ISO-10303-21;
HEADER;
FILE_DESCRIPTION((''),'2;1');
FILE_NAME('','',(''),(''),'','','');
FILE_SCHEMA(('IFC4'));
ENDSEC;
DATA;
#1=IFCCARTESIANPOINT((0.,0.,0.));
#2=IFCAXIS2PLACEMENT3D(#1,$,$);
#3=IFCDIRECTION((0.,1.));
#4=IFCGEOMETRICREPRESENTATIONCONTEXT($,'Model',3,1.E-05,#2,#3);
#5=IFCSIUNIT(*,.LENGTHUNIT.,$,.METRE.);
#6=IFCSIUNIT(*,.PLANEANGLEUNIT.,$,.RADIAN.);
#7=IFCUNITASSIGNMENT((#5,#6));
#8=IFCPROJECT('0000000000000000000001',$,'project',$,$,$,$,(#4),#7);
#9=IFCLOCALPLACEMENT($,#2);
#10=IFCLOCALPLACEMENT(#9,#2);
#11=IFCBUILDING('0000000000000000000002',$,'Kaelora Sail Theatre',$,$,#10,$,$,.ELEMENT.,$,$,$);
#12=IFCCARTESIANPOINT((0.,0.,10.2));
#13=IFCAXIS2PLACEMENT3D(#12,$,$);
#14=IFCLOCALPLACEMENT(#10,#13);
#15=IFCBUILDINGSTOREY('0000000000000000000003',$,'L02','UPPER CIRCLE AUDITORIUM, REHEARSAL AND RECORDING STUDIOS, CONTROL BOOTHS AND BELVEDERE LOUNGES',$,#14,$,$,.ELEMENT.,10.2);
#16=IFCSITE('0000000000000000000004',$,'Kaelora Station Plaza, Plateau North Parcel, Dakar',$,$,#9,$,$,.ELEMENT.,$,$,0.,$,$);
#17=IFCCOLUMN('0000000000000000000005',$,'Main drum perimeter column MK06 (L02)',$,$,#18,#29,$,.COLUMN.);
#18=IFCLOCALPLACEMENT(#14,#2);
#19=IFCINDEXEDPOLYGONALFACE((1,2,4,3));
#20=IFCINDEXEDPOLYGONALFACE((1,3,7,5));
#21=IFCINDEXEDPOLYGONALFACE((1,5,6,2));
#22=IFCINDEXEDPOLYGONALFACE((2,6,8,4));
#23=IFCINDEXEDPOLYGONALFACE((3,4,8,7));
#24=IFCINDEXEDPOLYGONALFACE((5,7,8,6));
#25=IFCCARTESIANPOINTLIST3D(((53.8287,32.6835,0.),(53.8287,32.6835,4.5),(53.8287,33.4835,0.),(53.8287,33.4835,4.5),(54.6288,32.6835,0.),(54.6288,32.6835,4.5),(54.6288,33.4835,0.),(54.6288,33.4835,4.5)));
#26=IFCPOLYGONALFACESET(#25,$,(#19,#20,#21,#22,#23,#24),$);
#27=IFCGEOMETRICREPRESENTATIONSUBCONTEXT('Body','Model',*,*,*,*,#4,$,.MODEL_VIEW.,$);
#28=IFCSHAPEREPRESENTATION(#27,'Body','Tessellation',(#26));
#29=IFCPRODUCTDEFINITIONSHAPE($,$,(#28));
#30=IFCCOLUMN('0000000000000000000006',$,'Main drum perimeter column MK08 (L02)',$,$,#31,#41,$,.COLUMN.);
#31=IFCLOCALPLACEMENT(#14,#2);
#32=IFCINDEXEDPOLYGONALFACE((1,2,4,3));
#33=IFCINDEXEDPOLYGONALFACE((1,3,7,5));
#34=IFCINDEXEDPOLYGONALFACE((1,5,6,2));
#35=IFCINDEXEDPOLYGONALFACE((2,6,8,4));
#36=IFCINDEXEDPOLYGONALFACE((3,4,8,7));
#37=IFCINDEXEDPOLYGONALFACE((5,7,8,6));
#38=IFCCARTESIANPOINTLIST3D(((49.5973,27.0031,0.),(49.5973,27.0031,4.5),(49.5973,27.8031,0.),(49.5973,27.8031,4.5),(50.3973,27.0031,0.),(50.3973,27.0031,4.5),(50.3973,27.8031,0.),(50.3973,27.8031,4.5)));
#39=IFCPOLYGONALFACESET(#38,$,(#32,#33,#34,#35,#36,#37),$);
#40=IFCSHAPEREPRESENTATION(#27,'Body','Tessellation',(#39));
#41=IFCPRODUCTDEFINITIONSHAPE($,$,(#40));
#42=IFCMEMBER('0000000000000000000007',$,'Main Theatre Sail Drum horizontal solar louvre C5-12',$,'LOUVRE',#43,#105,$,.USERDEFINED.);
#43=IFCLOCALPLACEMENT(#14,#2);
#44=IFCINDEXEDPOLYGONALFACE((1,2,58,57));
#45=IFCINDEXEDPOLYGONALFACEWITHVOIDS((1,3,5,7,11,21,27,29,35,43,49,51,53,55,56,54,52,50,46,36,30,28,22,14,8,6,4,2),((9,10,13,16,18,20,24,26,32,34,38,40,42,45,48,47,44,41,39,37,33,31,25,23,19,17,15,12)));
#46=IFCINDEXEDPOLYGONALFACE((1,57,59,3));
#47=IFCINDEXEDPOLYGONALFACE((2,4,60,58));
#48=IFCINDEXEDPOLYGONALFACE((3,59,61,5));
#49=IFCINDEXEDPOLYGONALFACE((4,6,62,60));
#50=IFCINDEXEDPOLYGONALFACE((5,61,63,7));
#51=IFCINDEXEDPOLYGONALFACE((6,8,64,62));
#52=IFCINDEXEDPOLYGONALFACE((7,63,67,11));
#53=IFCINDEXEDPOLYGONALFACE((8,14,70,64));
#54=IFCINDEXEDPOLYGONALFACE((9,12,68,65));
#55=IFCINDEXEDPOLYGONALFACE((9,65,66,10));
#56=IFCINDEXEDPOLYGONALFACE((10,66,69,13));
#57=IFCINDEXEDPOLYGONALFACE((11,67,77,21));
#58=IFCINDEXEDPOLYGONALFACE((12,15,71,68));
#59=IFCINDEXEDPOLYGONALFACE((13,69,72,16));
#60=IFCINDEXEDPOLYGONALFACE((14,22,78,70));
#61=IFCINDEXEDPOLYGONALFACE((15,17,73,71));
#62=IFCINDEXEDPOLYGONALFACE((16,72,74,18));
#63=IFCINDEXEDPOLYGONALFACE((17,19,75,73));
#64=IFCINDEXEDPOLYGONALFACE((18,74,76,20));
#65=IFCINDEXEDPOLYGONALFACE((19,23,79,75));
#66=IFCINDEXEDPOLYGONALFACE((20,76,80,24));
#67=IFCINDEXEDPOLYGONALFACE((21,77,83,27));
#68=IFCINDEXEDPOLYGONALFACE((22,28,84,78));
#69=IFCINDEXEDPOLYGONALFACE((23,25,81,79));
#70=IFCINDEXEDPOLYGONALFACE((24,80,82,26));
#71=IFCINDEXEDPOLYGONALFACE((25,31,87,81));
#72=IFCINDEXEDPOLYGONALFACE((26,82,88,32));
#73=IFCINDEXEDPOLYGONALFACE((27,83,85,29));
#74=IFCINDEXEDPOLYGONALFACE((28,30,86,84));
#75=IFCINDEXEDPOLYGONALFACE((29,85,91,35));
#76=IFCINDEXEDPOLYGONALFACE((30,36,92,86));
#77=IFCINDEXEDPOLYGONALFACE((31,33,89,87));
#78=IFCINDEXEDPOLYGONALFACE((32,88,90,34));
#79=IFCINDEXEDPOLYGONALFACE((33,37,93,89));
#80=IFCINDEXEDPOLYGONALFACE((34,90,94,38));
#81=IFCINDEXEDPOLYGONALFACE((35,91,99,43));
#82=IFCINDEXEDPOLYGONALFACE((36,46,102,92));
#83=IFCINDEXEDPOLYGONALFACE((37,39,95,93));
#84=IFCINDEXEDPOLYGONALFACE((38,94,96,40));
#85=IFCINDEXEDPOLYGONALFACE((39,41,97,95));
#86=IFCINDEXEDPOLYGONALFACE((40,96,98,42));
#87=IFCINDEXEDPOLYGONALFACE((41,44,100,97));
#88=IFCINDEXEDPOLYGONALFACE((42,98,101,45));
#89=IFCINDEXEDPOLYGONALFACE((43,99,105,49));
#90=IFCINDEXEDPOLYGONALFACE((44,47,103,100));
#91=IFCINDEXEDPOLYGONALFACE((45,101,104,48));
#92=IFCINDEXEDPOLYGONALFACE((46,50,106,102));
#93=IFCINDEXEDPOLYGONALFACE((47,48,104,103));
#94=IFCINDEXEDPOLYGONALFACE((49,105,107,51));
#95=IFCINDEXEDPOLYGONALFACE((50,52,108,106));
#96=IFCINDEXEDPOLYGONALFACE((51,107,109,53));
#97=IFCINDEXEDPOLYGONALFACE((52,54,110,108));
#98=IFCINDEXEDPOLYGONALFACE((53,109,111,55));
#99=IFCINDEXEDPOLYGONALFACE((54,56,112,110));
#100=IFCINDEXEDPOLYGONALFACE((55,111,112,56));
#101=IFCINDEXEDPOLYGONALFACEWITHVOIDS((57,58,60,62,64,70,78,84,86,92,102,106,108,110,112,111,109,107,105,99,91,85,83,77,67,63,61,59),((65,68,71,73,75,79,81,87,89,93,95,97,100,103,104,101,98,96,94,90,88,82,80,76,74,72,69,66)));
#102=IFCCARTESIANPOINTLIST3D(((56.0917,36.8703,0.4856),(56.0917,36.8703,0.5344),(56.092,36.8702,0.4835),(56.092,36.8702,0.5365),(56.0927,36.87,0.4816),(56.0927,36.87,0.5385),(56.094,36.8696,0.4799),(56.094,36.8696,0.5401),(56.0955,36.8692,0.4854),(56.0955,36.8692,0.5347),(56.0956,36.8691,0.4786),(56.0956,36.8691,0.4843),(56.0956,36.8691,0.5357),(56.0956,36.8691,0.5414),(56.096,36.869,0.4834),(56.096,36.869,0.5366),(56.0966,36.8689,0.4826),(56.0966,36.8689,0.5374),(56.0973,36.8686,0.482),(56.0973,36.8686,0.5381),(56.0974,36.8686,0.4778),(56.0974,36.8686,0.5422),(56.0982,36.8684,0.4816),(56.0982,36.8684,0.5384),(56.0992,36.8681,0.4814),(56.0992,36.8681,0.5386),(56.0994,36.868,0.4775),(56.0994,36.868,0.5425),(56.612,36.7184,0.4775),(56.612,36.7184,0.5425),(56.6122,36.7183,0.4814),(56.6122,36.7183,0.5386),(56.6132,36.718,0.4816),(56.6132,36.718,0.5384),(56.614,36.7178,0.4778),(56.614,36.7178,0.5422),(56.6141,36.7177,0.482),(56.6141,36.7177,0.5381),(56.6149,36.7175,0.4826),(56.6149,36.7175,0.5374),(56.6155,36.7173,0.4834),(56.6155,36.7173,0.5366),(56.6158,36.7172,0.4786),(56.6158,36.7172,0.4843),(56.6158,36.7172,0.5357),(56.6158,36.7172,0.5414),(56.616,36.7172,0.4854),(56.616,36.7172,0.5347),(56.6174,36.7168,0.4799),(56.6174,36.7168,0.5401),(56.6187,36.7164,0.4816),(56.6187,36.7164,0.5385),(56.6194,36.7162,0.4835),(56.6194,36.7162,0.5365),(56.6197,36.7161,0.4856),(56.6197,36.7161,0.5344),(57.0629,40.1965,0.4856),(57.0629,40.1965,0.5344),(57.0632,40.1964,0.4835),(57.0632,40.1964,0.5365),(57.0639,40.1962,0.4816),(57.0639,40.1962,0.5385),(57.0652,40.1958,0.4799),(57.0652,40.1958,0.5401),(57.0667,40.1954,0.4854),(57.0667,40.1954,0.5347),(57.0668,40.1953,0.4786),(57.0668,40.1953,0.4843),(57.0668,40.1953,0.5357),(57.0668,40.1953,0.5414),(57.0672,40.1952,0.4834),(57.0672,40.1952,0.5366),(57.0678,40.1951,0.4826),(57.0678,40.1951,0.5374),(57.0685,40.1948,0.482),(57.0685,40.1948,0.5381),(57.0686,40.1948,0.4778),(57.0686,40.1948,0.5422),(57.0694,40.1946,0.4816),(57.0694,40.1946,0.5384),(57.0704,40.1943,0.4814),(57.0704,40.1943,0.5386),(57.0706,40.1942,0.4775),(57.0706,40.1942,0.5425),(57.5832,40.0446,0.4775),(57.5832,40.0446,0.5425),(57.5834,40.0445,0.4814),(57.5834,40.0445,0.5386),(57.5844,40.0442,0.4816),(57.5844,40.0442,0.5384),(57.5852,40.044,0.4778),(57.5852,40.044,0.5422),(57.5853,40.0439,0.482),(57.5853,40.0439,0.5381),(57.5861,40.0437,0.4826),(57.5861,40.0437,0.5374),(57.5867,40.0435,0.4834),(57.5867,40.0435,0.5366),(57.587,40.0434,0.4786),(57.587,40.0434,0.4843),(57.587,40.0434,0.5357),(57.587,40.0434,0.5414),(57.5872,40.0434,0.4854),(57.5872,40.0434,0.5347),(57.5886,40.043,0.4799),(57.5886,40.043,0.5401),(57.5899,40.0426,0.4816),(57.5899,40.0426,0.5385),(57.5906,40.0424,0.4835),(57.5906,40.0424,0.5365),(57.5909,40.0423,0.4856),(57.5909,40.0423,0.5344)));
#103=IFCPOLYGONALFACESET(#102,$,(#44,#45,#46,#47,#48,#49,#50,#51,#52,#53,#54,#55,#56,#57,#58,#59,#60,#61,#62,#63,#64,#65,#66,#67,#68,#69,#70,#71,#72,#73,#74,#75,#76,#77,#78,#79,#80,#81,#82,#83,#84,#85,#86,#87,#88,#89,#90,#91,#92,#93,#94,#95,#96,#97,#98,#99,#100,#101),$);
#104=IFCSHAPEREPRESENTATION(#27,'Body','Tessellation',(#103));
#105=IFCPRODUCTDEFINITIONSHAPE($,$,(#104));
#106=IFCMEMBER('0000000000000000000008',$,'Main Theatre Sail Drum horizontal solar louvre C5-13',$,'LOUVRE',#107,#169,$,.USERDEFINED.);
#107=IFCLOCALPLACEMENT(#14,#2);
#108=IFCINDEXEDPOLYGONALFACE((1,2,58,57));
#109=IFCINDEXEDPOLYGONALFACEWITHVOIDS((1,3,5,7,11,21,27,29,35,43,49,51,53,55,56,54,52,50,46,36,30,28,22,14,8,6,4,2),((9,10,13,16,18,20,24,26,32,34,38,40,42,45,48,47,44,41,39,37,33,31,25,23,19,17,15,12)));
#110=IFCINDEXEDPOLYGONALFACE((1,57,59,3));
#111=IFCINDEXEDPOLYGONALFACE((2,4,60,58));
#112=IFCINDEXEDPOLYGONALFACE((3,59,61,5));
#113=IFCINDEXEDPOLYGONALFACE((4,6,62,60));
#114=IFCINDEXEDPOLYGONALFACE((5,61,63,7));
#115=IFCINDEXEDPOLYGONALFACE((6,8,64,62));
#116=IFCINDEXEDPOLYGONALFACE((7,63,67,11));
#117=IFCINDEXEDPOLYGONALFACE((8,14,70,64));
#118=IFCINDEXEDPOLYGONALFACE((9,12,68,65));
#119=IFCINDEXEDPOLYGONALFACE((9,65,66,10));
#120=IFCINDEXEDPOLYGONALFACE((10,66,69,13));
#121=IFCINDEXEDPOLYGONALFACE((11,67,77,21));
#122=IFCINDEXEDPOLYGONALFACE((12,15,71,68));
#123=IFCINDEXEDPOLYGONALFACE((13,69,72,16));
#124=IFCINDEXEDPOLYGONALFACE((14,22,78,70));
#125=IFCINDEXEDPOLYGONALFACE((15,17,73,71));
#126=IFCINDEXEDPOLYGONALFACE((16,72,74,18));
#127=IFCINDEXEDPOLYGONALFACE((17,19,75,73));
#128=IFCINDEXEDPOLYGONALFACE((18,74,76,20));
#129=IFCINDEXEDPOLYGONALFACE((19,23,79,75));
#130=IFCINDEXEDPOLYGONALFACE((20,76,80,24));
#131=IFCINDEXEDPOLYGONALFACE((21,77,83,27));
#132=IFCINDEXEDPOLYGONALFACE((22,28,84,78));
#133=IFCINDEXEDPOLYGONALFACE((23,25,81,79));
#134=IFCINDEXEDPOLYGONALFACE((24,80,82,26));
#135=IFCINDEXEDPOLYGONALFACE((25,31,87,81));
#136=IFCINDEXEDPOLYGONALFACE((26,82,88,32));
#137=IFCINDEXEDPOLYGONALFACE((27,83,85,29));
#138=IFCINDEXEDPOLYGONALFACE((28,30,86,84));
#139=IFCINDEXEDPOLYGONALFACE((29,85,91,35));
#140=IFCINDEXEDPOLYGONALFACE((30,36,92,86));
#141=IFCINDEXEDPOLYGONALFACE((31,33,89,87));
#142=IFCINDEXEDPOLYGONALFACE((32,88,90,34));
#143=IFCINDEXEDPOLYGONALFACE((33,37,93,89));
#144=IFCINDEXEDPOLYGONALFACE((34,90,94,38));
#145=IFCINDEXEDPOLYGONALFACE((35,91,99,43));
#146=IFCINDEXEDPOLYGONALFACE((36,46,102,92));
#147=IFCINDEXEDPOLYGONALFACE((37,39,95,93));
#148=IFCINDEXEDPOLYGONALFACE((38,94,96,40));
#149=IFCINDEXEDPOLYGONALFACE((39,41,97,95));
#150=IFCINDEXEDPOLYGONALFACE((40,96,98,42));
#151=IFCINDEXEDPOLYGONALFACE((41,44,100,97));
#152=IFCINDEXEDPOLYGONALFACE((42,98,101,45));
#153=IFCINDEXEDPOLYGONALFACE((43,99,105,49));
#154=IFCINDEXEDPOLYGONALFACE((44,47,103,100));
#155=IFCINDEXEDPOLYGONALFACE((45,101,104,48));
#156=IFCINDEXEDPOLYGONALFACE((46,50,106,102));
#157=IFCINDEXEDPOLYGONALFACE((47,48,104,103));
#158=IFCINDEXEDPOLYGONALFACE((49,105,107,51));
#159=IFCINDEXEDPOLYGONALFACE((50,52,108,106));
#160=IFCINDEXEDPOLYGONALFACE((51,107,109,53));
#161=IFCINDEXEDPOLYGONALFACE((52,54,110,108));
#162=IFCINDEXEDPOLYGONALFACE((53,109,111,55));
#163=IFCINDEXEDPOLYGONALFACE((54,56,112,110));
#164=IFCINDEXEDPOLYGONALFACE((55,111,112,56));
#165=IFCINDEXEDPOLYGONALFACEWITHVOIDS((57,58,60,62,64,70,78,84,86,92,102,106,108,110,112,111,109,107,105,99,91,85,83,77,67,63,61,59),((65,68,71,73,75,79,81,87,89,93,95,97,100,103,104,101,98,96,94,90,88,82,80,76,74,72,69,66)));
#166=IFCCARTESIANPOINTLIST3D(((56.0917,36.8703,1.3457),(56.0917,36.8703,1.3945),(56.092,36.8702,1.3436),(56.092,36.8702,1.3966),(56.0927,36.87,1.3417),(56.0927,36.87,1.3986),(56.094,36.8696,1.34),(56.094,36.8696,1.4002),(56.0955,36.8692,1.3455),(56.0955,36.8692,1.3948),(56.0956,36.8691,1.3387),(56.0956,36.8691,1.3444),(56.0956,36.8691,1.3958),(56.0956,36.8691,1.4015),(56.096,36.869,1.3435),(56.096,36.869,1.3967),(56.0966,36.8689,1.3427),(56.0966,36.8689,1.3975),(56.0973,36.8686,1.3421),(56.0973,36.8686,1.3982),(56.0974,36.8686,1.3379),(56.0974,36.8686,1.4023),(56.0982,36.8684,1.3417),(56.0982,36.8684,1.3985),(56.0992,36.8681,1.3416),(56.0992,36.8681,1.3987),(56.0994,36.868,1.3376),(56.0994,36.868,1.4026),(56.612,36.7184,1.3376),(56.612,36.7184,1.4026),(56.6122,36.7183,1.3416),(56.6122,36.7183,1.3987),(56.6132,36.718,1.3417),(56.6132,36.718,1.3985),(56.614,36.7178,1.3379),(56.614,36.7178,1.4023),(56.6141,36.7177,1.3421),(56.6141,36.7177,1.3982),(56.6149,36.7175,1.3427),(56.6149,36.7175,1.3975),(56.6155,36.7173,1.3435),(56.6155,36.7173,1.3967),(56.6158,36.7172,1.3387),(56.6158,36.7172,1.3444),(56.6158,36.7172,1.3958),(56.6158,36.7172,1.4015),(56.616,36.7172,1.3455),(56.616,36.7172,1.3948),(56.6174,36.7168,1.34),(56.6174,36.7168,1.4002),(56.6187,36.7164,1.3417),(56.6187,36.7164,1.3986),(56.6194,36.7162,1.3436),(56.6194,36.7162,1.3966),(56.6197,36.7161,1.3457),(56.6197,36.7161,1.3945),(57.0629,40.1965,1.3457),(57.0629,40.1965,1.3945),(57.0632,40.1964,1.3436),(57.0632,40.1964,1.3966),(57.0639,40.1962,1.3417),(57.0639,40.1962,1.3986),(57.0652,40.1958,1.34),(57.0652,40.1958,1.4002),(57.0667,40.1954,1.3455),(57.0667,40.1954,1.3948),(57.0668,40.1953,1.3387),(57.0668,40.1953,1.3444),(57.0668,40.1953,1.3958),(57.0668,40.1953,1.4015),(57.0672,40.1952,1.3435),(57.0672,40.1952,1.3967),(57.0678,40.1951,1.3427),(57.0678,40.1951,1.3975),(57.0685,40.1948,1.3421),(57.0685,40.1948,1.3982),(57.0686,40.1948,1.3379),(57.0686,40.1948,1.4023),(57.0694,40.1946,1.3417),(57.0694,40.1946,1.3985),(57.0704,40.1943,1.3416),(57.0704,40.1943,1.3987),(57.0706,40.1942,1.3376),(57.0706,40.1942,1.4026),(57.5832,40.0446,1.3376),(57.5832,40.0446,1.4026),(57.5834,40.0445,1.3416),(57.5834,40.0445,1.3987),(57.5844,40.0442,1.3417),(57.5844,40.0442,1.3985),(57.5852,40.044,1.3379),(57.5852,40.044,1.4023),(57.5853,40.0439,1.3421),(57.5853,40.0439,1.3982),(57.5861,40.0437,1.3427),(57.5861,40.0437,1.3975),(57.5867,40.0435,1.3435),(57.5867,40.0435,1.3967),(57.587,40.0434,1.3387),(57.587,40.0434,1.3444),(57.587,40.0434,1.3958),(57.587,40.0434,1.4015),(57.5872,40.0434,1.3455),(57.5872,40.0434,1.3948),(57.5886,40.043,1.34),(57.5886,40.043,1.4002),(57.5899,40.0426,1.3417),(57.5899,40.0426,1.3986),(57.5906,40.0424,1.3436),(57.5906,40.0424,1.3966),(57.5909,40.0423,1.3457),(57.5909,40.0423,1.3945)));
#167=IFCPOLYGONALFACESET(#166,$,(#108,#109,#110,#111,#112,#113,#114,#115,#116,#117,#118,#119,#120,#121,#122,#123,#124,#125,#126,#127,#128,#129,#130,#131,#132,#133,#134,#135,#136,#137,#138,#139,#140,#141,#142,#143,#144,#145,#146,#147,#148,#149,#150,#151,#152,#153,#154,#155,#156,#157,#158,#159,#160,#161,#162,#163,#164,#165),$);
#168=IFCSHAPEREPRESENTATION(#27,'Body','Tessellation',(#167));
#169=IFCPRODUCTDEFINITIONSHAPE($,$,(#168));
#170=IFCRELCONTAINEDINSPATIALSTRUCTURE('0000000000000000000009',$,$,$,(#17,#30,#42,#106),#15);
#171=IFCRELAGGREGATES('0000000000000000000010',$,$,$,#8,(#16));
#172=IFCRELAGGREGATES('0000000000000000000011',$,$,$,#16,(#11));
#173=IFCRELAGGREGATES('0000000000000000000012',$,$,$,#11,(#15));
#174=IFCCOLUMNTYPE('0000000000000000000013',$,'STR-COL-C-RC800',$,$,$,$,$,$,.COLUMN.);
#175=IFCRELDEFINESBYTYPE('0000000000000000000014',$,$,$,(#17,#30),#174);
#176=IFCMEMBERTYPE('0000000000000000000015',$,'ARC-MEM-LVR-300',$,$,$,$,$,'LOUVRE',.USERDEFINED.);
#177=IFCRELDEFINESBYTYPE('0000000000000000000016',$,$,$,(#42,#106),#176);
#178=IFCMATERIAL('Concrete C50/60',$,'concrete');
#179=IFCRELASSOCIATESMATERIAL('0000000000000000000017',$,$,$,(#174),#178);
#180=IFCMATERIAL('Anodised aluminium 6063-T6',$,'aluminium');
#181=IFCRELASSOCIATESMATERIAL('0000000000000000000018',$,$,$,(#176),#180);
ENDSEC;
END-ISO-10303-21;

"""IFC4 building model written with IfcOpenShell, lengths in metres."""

from ifc_helpers import new_model, si_unit, direction, frame, origin, origin_2d, place, context, subcontext, project, spatial, rectangle, hollow_rectangle, extrude, material, material_profile, profile_set, type_object, element, save


model = new_model("IFC4")

# Units and contexts
model_context = context("Model", 3, precision=1e-05, world=origin(), true_north=direction((0.0, 1.0)))
body_context = subcontext(model_context, "Body", "Model", "MODEL_VIEW")
ifc_project = project(units=[si_unit("LENGTHUNIT", "METRE"), si_unit("PLANEANGLEUNIT", "RADIAN")], contexts=[model_context])

# Site, building, storey
site_placement = place(None, origin())
site = spatial("IfcSite", under=ifc_project, at=site_placement, Name="Kaelora Station Plaza, Plateau North Parcel, Dakar", CompositionType="ELEMENT", RefElevation=0.0)
building_placement = place(site_placement, origin())
building = spatial("IfcBuilding", under=site, at=building_placement, Name="Kaelora Sail Theatre", CompositionType="ELEMENT")
storey_placement = place(building_placement, frame((0.0, 0.0, 10.2)))
storey = spatial("IfcBuildingStorey", under=building, at=storey_placement, Name="L02", Description="UPPER CIRCLE AUDITORIUM, REHEARSAL AND RECORDING STUDIOS, CONTROL BOOTHS AND BELVEDERE LOUNGES", CompositionType="ELEMENT", Elevation=10.2)

# Columns
ifc_material_1 = material(Name="Concrete C50/60", Category="concrete")
ifc_material_profile_1 = material_profile(ifc_material_1, rectangle(XDim=0.8, YDim=0.8, at=origin_2d()), Name="RC-COL 800x800")
ifc_profile_set_1 = profile_set([ifc_material_profile_1], Name="Concrete C50/60")
column_type = type_object("IfcColumnType", Name="STR-COL-C-RC800", PredefinedType="COLUMN", material=ifc_profile_set_1)
for number, where, z_axis, x_axis, name in (
    (1, (54.2288, 33.0835, 0.0), (0.0, 0.0, 1.0), (1.0, 0.0, 0.0), "Main drum perimeter column MK06 (L02)"),
    (2, (49.9973, 27.4031, 0.0), (0.0, 0.0, 1.0), (1.0, 0.0, 0.0), "Main drum perimeter column MK08 (L02)"),
):
    element("IfcColumn", number, at=place(storey_placement, frame(where, z_axis=z_axis, x_axis=x_axis)), inside=storey, type_object=column_type, Name=name, PredefinedType="COLUMN", context=body_context, shape_type="SweptSolid", body=[
        extrude(rectangle(XDim=0.8, YDim=0.8, at=origin_2d()), origin(), (0.0, 0.0, 1.0), 4.5),
    ])

# Members
ifc_material_2 = material(Name="Anodised aluminium 6063-T6", Category="aluminium")
ifc_material_profile_2 = material_profile(ifc_material_2, hollow_rectangle(XDim=0.55, YDim=0.0649, WallThickness=0.0039, InnerFilletRadius=0.0039, OuterFilletRadius=0.0081, at=origin_2d()), Name="LOUVRE 550x65x4")
ifc_profile_set_2 = profile_set([ifc_material_profile_2], Name="Anodised aluminium 6063-T6")
member_type = type_object("IfcMemberType", Name="ARC-MEM-LVR-300", ElementType="LOUVRE", PredefinedType="USERDEFINED", material=ifc_profile_set_2)
for number, where, z_axis, x_axis, name in (
    (3, (57.3269, 40.1194, 0.51), (-0.280281, -0.959918, 0.0), (0.959918, -0.280281, 0.0), "Main Theatre Sail Drum horizontal solar louvre C5-12"),
    (4, (57.3269, 40.1194, 1.3701), (-0.280281, -0.959918, 0.0), (0.959918, -0.280281, 0.0), "Main Theatre Sail Drum horizontal solar louvre C5-13"),
):
    element("IfcMember", number, at=place(storey_placement, frame(where, z_axis=z_axis, x_axis=x_axis)), inside=storey, type_object=member_type, Name=name, ObjectType="LOUVRE", PredefinedType="USERDEFINED", context=body_context, shape_type="SweptSolid", body=[
        extrude(hollow_rectangle(XDim=0.55, YDim=0.0649, WallThickness=0.0039, InnerFilletRadius=0.0039, OuterFilletRadius=0.0081, at=origin_2d()), origin(), (0.0, 0.0, 1.0), 3.4651),
    ])

save(model, "model.ifc")
